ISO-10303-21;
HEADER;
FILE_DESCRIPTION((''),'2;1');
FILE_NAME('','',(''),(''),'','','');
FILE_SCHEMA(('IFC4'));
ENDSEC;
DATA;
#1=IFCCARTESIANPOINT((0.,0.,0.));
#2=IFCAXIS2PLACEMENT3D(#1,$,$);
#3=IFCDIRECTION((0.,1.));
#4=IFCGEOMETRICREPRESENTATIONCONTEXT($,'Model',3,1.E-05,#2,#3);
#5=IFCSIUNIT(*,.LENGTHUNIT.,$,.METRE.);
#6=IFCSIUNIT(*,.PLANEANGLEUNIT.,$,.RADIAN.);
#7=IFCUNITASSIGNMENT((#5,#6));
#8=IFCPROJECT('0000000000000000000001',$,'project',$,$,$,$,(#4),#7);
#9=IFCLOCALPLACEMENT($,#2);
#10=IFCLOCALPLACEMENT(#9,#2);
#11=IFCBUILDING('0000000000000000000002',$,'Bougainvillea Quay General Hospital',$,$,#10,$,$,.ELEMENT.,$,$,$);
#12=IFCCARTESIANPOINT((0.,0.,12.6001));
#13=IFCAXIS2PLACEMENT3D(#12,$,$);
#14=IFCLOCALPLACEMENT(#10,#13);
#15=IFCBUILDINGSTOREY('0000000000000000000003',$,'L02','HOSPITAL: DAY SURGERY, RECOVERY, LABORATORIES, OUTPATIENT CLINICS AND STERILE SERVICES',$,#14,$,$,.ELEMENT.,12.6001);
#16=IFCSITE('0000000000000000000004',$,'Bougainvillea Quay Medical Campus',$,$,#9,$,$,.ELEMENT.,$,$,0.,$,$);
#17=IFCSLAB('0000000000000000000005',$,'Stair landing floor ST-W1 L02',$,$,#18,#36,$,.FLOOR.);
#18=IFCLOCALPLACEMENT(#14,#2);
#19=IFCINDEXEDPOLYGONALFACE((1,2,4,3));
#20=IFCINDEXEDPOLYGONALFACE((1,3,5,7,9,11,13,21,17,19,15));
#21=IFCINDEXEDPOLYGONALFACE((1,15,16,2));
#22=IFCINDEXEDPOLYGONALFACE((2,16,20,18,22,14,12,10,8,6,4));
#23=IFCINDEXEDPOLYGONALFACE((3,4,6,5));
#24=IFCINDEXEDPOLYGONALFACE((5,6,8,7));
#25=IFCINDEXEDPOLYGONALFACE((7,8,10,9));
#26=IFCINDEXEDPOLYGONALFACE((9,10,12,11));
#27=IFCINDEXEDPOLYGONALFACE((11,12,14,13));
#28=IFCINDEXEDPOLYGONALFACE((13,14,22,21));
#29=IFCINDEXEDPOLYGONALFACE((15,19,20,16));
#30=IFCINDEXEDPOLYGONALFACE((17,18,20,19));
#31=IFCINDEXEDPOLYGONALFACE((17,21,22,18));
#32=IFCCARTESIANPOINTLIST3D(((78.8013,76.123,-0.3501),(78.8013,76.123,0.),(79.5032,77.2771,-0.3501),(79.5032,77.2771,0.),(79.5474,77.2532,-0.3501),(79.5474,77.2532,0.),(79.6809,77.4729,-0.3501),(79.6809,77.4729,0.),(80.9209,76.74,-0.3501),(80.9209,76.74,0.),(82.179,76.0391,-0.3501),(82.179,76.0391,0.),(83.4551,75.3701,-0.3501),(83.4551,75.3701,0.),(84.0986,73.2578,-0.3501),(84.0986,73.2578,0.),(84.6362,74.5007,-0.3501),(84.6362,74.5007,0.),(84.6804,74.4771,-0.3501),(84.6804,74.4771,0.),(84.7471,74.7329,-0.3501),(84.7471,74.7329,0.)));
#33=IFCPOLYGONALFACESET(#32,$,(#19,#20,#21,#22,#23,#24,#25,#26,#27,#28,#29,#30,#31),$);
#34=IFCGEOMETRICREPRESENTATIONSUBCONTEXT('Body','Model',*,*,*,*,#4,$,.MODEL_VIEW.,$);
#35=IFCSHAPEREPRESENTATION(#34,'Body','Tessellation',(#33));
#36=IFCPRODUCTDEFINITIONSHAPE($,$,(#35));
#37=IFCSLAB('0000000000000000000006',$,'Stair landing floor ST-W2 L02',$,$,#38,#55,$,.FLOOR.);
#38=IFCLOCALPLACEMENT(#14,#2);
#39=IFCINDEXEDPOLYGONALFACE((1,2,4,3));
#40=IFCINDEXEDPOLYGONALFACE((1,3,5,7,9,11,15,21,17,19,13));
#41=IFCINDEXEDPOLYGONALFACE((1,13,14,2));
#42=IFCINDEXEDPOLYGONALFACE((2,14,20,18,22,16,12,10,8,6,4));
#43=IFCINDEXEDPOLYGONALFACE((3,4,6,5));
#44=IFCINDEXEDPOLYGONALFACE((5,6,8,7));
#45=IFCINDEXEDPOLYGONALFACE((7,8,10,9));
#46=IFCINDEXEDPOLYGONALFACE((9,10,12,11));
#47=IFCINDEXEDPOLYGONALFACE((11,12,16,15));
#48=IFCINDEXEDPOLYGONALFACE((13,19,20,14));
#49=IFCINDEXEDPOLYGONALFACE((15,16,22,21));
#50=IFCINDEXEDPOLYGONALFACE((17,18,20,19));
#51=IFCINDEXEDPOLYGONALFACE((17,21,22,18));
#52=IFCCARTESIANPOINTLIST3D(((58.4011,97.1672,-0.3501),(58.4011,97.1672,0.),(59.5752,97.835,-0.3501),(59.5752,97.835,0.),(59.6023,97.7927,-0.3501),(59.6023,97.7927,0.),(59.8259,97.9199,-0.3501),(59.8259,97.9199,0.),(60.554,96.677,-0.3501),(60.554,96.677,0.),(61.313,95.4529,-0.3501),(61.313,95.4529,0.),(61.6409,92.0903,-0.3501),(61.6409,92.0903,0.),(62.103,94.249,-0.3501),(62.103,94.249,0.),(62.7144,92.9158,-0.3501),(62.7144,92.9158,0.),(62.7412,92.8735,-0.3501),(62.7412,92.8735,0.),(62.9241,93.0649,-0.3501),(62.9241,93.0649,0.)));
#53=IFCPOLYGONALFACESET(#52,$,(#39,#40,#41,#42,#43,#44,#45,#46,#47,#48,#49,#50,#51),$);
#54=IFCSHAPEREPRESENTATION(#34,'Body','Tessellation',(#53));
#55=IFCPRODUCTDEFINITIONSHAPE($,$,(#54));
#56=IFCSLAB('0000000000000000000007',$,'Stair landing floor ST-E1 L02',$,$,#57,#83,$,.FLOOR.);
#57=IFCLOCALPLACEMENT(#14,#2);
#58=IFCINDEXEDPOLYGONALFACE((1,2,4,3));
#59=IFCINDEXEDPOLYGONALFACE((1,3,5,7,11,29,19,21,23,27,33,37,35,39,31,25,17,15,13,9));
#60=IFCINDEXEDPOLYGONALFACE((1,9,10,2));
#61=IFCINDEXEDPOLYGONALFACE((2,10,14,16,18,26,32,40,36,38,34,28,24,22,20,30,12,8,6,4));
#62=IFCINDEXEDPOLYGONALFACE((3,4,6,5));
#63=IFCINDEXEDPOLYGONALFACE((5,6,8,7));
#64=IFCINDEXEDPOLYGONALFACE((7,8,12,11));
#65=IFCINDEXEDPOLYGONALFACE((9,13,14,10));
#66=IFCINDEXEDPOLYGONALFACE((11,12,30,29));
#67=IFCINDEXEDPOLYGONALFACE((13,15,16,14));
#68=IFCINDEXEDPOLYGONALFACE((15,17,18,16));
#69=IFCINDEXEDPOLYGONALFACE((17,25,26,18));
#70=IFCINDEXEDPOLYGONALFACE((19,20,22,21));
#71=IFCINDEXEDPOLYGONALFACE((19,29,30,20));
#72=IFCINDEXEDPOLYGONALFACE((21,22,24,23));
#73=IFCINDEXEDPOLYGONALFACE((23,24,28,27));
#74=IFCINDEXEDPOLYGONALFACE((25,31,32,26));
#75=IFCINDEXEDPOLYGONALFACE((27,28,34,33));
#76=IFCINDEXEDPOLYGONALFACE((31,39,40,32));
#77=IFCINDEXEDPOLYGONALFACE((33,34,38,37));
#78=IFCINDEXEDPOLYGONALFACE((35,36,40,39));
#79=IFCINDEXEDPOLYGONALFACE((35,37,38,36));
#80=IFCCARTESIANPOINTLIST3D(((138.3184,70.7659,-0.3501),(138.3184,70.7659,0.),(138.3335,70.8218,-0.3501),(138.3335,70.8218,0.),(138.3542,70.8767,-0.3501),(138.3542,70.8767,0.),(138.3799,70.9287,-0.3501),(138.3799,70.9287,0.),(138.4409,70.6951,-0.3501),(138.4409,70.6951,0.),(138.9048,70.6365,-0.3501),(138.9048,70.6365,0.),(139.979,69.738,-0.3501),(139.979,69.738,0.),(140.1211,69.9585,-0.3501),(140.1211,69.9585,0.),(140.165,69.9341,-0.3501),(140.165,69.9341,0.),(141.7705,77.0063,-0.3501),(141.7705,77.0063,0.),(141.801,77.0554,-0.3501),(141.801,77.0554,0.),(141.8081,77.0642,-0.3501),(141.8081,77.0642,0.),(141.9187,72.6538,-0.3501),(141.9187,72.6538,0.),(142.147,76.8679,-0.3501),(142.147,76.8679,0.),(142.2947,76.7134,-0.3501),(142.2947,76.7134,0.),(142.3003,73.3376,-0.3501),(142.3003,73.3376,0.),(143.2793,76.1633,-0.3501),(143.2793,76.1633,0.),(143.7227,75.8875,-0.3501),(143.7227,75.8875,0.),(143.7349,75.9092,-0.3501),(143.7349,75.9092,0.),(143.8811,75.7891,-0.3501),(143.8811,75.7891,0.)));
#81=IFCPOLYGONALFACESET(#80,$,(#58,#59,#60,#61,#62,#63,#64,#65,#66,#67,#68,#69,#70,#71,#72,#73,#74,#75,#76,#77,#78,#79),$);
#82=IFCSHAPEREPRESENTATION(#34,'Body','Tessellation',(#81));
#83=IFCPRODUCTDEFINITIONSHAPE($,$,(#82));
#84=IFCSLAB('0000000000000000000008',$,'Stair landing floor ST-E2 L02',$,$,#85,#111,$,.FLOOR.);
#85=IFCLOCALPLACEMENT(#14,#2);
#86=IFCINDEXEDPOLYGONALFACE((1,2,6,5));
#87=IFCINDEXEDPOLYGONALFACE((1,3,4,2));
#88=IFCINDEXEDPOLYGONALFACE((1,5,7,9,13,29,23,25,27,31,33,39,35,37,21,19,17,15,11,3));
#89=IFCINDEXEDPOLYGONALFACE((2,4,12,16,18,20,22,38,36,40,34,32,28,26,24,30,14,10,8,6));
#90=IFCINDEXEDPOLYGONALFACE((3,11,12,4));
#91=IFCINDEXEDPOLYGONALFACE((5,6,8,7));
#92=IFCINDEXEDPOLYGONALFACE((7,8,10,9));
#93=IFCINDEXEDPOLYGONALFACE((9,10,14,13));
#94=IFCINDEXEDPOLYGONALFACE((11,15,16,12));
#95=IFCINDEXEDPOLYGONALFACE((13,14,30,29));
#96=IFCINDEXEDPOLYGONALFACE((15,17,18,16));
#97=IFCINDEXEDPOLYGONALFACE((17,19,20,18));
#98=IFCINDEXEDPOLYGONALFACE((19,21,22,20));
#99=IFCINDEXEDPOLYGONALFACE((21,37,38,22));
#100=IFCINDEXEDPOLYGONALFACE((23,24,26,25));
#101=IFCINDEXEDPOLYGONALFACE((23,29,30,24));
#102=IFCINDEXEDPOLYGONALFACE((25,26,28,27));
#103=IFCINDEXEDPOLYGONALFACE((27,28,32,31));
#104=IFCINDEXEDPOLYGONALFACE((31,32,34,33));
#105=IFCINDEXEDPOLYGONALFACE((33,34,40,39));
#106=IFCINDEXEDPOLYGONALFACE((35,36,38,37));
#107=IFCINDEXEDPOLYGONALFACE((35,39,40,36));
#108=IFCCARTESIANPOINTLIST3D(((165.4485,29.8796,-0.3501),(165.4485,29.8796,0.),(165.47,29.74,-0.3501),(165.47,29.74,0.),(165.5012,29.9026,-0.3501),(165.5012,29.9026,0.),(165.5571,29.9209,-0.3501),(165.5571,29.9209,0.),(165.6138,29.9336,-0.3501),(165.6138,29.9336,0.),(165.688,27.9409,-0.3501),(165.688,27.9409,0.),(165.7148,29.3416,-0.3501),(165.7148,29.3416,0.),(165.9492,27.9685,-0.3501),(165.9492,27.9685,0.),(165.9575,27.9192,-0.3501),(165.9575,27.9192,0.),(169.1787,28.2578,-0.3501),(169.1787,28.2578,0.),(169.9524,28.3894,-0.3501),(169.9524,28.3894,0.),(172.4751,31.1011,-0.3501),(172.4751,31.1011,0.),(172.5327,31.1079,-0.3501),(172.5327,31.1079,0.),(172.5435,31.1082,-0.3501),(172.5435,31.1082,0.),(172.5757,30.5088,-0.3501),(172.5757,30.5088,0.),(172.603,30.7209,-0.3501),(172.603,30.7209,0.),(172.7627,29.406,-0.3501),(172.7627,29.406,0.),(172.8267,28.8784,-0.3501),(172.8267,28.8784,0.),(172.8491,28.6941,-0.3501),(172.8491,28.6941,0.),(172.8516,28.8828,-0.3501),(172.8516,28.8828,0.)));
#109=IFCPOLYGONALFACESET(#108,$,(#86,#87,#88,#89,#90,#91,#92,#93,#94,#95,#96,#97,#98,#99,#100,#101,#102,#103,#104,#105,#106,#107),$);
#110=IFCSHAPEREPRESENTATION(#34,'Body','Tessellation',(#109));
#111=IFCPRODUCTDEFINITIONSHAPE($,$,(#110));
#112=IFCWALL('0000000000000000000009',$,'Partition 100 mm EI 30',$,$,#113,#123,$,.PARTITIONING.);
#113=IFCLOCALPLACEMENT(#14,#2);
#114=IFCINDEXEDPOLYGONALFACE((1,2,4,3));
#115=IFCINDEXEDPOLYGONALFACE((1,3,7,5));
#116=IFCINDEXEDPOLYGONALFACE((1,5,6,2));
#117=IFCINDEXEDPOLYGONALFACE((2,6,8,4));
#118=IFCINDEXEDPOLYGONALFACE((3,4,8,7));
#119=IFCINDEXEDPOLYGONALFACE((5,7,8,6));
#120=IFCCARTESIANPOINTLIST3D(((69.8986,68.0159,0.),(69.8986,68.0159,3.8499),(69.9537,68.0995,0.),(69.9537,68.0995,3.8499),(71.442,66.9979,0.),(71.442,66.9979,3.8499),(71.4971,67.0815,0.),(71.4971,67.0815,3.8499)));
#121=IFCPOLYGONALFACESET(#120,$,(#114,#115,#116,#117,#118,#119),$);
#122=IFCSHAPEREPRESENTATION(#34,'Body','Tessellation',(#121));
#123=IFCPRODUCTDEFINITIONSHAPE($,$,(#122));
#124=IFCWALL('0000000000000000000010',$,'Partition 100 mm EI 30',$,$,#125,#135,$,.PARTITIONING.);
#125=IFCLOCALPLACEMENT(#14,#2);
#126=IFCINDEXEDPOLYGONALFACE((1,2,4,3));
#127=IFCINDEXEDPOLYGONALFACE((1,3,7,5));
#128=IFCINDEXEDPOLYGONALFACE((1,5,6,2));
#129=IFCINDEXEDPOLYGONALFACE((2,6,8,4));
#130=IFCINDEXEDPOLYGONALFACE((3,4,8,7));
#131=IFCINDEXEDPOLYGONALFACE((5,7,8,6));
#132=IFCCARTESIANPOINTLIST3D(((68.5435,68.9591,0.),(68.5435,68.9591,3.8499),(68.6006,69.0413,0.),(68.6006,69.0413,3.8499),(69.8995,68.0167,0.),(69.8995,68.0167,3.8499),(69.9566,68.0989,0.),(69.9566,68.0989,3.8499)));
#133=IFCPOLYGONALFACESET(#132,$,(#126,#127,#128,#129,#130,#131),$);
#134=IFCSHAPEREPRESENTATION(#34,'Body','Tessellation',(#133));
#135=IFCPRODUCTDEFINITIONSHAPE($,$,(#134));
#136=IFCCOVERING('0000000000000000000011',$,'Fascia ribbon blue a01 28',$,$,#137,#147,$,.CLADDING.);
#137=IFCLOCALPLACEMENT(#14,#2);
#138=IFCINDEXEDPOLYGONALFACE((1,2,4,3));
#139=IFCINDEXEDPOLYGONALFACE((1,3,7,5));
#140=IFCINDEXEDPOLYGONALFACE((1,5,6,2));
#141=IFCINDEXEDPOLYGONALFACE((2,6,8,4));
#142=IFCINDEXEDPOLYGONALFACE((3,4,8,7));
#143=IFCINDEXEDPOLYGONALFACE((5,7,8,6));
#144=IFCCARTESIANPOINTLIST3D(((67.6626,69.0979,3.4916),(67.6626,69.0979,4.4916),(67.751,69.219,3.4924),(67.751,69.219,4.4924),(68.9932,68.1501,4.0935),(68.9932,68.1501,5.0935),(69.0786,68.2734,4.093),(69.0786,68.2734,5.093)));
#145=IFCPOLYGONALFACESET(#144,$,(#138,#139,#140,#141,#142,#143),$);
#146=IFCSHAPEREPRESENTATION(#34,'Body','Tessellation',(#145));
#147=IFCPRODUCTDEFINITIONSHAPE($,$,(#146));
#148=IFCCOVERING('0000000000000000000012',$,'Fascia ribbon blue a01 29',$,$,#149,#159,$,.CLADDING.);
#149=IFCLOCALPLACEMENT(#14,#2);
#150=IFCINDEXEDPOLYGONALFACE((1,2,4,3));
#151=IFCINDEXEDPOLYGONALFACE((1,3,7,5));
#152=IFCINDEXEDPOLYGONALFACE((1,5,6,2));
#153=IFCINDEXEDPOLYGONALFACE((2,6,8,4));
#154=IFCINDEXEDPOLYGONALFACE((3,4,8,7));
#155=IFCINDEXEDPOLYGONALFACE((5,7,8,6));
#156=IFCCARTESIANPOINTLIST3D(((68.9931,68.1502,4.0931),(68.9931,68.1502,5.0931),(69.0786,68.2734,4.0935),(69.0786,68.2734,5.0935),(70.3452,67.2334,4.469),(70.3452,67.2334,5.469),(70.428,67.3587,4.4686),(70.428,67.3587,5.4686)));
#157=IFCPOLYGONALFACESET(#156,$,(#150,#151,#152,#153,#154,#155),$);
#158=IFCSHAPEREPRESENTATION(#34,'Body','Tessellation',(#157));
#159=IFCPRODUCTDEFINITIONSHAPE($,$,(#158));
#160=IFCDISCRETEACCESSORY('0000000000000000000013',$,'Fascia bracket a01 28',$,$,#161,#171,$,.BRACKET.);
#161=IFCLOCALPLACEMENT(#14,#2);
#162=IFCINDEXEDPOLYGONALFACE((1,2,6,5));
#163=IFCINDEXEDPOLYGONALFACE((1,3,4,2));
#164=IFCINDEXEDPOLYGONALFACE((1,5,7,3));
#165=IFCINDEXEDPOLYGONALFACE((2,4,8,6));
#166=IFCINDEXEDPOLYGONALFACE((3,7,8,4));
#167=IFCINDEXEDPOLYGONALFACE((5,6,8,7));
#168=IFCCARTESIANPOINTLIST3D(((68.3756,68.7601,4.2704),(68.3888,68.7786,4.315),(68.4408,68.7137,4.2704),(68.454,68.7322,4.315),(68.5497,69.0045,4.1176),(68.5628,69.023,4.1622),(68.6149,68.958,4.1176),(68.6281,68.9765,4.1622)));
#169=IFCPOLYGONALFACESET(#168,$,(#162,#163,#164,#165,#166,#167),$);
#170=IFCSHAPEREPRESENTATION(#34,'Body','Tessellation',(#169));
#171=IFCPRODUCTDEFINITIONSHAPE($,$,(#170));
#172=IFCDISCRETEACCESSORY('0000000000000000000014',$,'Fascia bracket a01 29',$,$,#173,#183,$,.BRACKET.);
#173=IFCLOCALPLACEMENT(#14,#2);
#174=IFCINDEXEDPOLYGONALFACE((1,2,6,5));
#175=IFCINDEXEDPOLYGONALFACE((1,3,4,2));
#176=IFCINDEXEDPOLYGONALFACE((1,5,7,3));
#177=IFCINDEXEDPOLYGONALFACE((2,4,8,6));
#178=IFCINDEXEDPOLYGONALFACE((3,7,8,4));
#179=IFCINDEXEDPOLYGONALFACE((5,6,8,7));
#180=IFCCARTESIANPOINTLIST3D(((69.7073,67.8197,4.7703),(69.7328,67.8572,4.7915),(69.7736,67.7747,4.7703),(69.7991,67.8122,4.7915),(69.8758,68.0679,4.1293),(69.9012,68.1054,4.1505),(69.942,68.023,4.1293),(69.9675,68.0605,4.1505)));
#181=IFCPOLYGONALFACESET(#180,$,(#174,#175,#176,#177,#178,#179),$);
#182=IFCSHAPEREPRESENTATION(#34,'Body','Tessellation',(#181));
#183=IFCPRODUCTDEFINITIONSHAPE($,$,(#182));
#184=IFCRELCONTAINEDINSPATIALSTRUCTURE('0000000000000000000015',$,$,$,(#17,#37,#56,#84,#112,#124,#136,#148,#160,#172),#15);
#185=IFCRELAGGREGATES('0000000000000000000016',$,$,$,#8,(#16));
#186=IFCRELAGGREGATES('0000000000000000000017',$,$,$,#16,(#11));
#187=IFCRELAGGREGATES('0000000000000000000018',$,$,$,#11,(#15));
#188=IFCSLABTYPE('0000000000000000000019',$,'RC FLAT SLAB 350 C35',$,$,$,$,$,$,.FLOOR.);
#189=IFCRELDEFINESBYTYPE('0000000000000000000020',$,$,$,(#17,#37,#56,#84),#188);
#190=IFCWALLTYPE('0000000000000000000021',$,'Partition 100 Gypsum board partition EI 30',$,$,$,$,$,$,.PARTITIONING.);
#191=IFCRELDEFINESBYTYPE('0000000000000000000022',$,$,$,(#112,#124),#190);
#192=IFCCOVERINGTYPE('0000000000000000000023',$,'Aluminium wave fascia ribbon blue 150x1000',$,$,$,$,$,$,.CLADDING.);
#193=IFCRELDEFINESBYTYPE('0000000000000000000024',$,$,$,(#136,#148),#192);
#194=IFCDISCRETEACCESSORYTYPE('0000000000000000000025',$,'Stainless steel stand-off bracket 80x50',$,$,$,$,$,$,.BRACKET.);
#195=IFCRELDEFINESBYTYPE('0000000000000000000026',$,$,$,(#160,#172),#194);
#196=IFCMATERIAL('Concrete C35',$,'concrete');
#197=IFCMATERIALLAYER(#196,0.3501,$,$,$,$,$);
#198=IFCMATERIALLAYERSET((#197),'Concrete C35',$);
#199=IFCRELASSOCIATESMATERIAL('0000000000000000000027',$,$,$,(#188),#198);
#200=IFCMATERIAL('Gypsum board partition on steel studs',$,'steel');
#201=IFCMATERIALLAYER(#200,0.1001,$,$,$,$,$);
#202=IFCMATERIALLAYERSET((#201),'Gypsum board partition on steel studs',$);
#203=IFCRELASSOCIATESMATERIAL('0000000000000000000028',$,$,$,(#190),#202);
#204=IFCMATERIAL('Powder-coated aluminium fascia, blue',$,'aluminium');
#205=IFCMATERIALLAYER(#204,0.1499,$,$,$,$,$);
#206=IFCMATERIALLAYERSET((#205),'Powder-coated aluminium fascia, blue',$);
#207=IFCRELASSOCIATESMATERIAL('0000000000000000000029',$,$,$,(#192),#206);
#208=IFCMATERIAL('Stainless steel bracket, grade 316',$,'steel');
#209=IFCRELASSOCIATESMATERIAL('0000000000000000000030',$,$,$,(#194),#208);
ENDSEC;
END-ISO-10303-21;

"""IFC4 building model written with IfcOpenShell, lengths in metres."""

from ifc_helpers import new_model, si_unit, direction, frame, frame_2d, origin, origin_2d, place, context, subcontext, project, spatial, polyline, rectangle, outline, extrude, material, layer, layer_set, material_profile, profile_set, type_object, element, save


model = new_model("IFC4")

# Units and contexts
model_context = context("Model", 3, precision=1e-05, world=origin(), true_north=direction((0.0, 1.0)))
body_context = subcontext(model_context, "Body", "Model", "MODEL_VIEW")
ifc_project = project(units=[si_unit("LENGTHUNIT", "METRE"), si_unit("PLANEANGLEUNIT", "RADIAN")], contexts=[model_context])

# Site, building, storey
site_placement = place(None, origin())
site = spatial("IfcSite", under=ifc_project, at=site_placement, Name="Bougainvillea Quay Medical Campus", CompositionType="ELEMENT", RefElevation=0.0)
building_placement = place(site_placement, origin())
building = spatial("IfcBuilding", under=site, at=building_placement, Name="Bougainvillea Quay General Hospital", CompositionType="ELEMENT")
storey_placement = place(building_placement, frame((0.0, 0.0, 12.6001)))
storey = spatial("IfcBuildingStorey", under=building, at=storey_placement, Name="L02", Description="HOSPITAL: DAY SURGERY, RECOVERY, LABORATORIES, OUTPATIENT CLINICS AND STERILE SERVICES", CompositionType="ELEMENT", Elevation=12.6001)

# Slabs
ifc_material_1 = material(Name="Concrete C35", Category="concrete")
ifc_layer_1 = layer(ifc_material_1, 0.3501)
ifc_layer_set_1 = layer_set([ifc_layer_1], Name="Concrete C35")
slab_type_1 = type_object("IfcSlabType", Name="RC FLAT SLAB 350 C35", PredefinedType="FLOOR", material=ifc_layer_set_1)
slab_1_placement = place(storey_placement, frame((0.0, 0.0, -0.3501)))
element("IfcSlab", 1, at=slab_1_placement, inside=storey, type_object=slab_type_1, Name="Stair landing floor ST-W1 L02", PredefinedType="FLOOR", context=body_context, shape_type="SweptSolid", body=[
    extrude(outline(polyline([(82.179, 76.0391), (83.4551, 75.3701), (84.7471, 74.7329), (84.6362, 74.5007), (84.6804, 74.4771), (84.0986, 73.2578), (78.8013, 76.123), (79.5032, 77.2771), (79.5474, 77.2532), (79.6809, 77.4729), (80.9209, 76.74), (82.179, 76.0391)])), origin(), (0.0, 0.0, 1.0), 0.3501),
])
slab_2_placement = place(storey_placement, frame((0.0, 0.0, -0.3501)))
element("IfcSlab", 2, at=slab_2_placement, inside=storey, type_object=slab_type_1, Name="Stair landing floor ST-W2 L02", PredefinedType="FLOOR", context=body_context, shape_type="SweptSolid", body=[
    extrude(outline(polyline([(61.313, 95.4529), (62.103, 94.249), (62.9241, 93.0649), (62.7144, 92.9158), (62.7412, 92.8735), (61.6409, 92.0903), (58.4011, 97.1672), (59.5752, 97.835), (59.6023, 97.7927), (59.8259, 97.9199), (60.554, 96.677), (61.313, 95.4529)])), origin(), (0.0, 0.0, 1.0), 0.3501),
])
slab_3_placement = place(storey_placement, frame((0.0, 0.0, -0.3501)))
element("IfcSlab", 3, at=slab_3_placement, inside=storey, type_object=slab_type_1, Name="Stair landing floor ST-E1 L02", PredefinedType="FLOOR", context=body_context, shape_type="SweptSolid", body=[
    extrude(outline(polyline([(141.9187, 72.6538), (140.165, 69.9341), (140.1211, 69.9585), (139.979, 69.738), (138.4409, 70.6951), (138.3184, 70.7659), (138.3335, 70.8218), (138.3542, 70.8767), (138.3799, 70.9287), (138.9048, 70.6365), (142.2947, 76.7134), (141.7705, 77.0063), (141.801, 77.0554), (141.8081, 77.0642), (142.147, 76.8679), (143.2793, 76.1633), (143.7349, 75.9092), (143.7227, 75.8875), (143.8811, 75.7891), (142.3003, 73.3376), (141.9187, 72.6538)])), origin(), (0.0, 0.0, 1.0), 0.3501),
])
slab_4_placement = place(storey_placement, frame((0.0, 0.0, -0.3501)))
element("IfcSlab", 4, at=slab_4_placement, inside=storey, type_object=slab_type_1, Name="Stair landing floor ST-E2 L02", PredefinedType="FLOOR", context=body_context, shape_type="SweptSolid", body=[
    extrude(outline(polyline([(169.1787, 28.2578), (165.9575, 27.9192), (165.9492, 27.9685), (165.688, 27.9409), (165.47, 29.74), (165.4485, 29.8796), (165.5012, 29.9026), (165.5571, 29.9209), (165.6138, 29.9336), (165.7148, 29.3416), (172.5757, 30.5088), (172.4751, 31.1011), (172.5327, 31.1079), (172.5435, 31.1082), (172.603, 30.7209), (172.7627, 29.406), (172.8516, 28.8828), (172.8267, 28.8784), (172.8491, 28.6941), (169.9524, 28.3894), (169.1787, 28.2578)])), origin(), (0.0, 0.0, 1.0), 0.3501),
])

# Walls
ifc_material_2 = material(Name="Gypsum board partition on steel studs", Category="steel")
ifc_layer_2 = layer(ifc_material_2, 0.1001)
ifc_layer_set_2 = layer_set([ifc_layer_2], Name="Gypsum board partition on steel studs")
wall_type = type_object("IfcWallType", Name="Partition 100 Gypsum board partition EI 30", PredefinedType="PARTITIONING", material=ifc_layer_set_2)
wall_1_placement = place(storey_placement, frame((69.9263, 68.0576, 0.0), z_axis=(0.0, 0.0, 1.0), x_axis=(0.834762, -0.55061, 0.0)))
element("IfcWall", 5, at=wall_1_placement, inside=storey, type_object=wall_type, Name="Partition 100 mm EI 30", PredefinedType="PARTITIONING", context=body_context, shape_type="SweptSolid", body=[
    extrude(rectangle(XDim=1.8489, YDim=0.1001, at=frame_2d((0.9243, 0.0))), origin(), (0.0, 0.0, 1.0), 3.8499),
])
wall_2_placement = place(storey_placement, frame((68.572, 69.0002, 0.0), z_axis=(0.0, 0.0, 1.0), x_axis=(0.821158, -0.570701, 0.0)))
element("IfcWall", 6, at=wall_2_placement, inside=storey, type_object=wall_type, Name="Partition 100 mm EI 30", PredefinedType="PARTITIONING", context=body_context, shape_type="SweptSolid", body=[
    extrude(rectangle(XDim=1.6514, YDim=0.1001, at=frame_2d((0.8257, 0.0))), origin(), (0.0, 0.0, 1.0), 3.8499),
])

# Coverings
ifc_material_3 = material(Name="Powder-coated aluminium fascia, blue", Category="aluminium")
ifc_layer_3 = layer(ifc_material_3, 0.1499)
ifc_layer_set_3 = layer_set([ifc_layer_3], Name="Powder-coated aluminium fascia, blue")
covering_type = type_object("IfcCoveringType", Name="Aluminium wave fascia ribbon blue 150x1000", PredefinedType="CLADDING", material=ifc_layer_set_3)
covering_1_placement = place(storey_placement, frame((67.751, 69.219, 3.4924), z_axis=(-0.282162, 0.199761, 0.938339), x_axis=(0.764308, -0.544348, 0.345715)))
element("IfcCovering", 7, at=covering_1_placement, inside=storey, type_object=covering_type, Name="Fascia ribbon blue a01 28", PredefinedType="CLADDING", context=body_context, shape_type="SweptSolid", body=[
    extrude(outline(polyline([(0.0, 0.0), (1.7371, 0.0), (1.739, -0.15), (-0.0019, -0.1499), (0.0, 0.0)])), origin(), (0.345715, 0.000915, 0.938339), 1.0),
])
covering_2_placement = place(storey_placement, frame((69.0786, 68.2734, 4.0935), z_axis=(-0.185701, 0.125685, 0.974535), x_axis=(0.806639, -0.546857, 0.224235)))
element("IfcCovering", 8, at=covering_2_placement, inside=storey, type_object=covering_type, Name="Fascia ribbon blue a01 29", PredefinedType="CLADDING", context=body_context, shape_type="SweptSolid", body=[
    extrude(outline(polyline([(0.0, 0.0), (1.6728, 0.0), (1.6746, -0.1501), (-0.0016, -0.15), (0.0, 0.0)])), origin(), (0.224235, 0.000169, 0.974535), 1.0),
])

# Discrete accessories
ifc_material_4 = material(Name="Stainless steel bracket, grade 316", Category="steel")
ifc_material_profile_1 = material_profile(ifc_material_4, rectangle(XDim=0.0801, YDim=0.05, at=origin_2d()))
ifc_profile_set_1 = profile_set([ifc_material_profile_1], Name="Stainless steel bracket, grade 316")
discrete_accessory_type = type_object("IfcDiscreteAccessoryType", Name="Stainless steel stand-off bracket 80x50", PredefinedType="BRACKET", material=ifc_profile_set_1)
discrete_accessory_1_placement = place(storey_placement, frame((68.5889, 68.9905, 4.1399), z_axis=(-0.516959, -0.725773, 0.45388), x_axis=(0.814502, -0.58016, 0.0)))
element("IfcDiscreteAccessory", 9, at=discrete_accessory_1_placement, inside=storey, type_object=discrete_accessory_type, Name="Fascia bracket a01 28", PredefinedType="BRACKET", context=body_context, shape_type="SweptSolid", body=[
    extrude(rectangle(XDim=0.0801, YDim=0.05, at=origin_2d()), origin(), (0.0, 0.0, 1.0), 0.3367),
])
discrete_accessory_2_placement = place(storey_placement, frame((69.9216, 68.0642, 4.1399), z_axis=(-0.237984, -0.350768, 0.905718), x_axis=(0.827516, -0.561442, 0.0)))
element("IfcDiscreteAccessory", 10, at=discrete_accessory_2_placement, inside=storey, type_object=discrete_accessory_type, Name="Fascia bracket a01 29", PredefinedType="BRACKET", context=body_context, shape_type="SweptSolid", body=[
    extrude(rectangle(XDim=0.0801, YDim=0.05, at=origin_2d()), origin(), (0.0, 0.0, 1.0), 0.7078),
])

save(model, "model.ifc")
